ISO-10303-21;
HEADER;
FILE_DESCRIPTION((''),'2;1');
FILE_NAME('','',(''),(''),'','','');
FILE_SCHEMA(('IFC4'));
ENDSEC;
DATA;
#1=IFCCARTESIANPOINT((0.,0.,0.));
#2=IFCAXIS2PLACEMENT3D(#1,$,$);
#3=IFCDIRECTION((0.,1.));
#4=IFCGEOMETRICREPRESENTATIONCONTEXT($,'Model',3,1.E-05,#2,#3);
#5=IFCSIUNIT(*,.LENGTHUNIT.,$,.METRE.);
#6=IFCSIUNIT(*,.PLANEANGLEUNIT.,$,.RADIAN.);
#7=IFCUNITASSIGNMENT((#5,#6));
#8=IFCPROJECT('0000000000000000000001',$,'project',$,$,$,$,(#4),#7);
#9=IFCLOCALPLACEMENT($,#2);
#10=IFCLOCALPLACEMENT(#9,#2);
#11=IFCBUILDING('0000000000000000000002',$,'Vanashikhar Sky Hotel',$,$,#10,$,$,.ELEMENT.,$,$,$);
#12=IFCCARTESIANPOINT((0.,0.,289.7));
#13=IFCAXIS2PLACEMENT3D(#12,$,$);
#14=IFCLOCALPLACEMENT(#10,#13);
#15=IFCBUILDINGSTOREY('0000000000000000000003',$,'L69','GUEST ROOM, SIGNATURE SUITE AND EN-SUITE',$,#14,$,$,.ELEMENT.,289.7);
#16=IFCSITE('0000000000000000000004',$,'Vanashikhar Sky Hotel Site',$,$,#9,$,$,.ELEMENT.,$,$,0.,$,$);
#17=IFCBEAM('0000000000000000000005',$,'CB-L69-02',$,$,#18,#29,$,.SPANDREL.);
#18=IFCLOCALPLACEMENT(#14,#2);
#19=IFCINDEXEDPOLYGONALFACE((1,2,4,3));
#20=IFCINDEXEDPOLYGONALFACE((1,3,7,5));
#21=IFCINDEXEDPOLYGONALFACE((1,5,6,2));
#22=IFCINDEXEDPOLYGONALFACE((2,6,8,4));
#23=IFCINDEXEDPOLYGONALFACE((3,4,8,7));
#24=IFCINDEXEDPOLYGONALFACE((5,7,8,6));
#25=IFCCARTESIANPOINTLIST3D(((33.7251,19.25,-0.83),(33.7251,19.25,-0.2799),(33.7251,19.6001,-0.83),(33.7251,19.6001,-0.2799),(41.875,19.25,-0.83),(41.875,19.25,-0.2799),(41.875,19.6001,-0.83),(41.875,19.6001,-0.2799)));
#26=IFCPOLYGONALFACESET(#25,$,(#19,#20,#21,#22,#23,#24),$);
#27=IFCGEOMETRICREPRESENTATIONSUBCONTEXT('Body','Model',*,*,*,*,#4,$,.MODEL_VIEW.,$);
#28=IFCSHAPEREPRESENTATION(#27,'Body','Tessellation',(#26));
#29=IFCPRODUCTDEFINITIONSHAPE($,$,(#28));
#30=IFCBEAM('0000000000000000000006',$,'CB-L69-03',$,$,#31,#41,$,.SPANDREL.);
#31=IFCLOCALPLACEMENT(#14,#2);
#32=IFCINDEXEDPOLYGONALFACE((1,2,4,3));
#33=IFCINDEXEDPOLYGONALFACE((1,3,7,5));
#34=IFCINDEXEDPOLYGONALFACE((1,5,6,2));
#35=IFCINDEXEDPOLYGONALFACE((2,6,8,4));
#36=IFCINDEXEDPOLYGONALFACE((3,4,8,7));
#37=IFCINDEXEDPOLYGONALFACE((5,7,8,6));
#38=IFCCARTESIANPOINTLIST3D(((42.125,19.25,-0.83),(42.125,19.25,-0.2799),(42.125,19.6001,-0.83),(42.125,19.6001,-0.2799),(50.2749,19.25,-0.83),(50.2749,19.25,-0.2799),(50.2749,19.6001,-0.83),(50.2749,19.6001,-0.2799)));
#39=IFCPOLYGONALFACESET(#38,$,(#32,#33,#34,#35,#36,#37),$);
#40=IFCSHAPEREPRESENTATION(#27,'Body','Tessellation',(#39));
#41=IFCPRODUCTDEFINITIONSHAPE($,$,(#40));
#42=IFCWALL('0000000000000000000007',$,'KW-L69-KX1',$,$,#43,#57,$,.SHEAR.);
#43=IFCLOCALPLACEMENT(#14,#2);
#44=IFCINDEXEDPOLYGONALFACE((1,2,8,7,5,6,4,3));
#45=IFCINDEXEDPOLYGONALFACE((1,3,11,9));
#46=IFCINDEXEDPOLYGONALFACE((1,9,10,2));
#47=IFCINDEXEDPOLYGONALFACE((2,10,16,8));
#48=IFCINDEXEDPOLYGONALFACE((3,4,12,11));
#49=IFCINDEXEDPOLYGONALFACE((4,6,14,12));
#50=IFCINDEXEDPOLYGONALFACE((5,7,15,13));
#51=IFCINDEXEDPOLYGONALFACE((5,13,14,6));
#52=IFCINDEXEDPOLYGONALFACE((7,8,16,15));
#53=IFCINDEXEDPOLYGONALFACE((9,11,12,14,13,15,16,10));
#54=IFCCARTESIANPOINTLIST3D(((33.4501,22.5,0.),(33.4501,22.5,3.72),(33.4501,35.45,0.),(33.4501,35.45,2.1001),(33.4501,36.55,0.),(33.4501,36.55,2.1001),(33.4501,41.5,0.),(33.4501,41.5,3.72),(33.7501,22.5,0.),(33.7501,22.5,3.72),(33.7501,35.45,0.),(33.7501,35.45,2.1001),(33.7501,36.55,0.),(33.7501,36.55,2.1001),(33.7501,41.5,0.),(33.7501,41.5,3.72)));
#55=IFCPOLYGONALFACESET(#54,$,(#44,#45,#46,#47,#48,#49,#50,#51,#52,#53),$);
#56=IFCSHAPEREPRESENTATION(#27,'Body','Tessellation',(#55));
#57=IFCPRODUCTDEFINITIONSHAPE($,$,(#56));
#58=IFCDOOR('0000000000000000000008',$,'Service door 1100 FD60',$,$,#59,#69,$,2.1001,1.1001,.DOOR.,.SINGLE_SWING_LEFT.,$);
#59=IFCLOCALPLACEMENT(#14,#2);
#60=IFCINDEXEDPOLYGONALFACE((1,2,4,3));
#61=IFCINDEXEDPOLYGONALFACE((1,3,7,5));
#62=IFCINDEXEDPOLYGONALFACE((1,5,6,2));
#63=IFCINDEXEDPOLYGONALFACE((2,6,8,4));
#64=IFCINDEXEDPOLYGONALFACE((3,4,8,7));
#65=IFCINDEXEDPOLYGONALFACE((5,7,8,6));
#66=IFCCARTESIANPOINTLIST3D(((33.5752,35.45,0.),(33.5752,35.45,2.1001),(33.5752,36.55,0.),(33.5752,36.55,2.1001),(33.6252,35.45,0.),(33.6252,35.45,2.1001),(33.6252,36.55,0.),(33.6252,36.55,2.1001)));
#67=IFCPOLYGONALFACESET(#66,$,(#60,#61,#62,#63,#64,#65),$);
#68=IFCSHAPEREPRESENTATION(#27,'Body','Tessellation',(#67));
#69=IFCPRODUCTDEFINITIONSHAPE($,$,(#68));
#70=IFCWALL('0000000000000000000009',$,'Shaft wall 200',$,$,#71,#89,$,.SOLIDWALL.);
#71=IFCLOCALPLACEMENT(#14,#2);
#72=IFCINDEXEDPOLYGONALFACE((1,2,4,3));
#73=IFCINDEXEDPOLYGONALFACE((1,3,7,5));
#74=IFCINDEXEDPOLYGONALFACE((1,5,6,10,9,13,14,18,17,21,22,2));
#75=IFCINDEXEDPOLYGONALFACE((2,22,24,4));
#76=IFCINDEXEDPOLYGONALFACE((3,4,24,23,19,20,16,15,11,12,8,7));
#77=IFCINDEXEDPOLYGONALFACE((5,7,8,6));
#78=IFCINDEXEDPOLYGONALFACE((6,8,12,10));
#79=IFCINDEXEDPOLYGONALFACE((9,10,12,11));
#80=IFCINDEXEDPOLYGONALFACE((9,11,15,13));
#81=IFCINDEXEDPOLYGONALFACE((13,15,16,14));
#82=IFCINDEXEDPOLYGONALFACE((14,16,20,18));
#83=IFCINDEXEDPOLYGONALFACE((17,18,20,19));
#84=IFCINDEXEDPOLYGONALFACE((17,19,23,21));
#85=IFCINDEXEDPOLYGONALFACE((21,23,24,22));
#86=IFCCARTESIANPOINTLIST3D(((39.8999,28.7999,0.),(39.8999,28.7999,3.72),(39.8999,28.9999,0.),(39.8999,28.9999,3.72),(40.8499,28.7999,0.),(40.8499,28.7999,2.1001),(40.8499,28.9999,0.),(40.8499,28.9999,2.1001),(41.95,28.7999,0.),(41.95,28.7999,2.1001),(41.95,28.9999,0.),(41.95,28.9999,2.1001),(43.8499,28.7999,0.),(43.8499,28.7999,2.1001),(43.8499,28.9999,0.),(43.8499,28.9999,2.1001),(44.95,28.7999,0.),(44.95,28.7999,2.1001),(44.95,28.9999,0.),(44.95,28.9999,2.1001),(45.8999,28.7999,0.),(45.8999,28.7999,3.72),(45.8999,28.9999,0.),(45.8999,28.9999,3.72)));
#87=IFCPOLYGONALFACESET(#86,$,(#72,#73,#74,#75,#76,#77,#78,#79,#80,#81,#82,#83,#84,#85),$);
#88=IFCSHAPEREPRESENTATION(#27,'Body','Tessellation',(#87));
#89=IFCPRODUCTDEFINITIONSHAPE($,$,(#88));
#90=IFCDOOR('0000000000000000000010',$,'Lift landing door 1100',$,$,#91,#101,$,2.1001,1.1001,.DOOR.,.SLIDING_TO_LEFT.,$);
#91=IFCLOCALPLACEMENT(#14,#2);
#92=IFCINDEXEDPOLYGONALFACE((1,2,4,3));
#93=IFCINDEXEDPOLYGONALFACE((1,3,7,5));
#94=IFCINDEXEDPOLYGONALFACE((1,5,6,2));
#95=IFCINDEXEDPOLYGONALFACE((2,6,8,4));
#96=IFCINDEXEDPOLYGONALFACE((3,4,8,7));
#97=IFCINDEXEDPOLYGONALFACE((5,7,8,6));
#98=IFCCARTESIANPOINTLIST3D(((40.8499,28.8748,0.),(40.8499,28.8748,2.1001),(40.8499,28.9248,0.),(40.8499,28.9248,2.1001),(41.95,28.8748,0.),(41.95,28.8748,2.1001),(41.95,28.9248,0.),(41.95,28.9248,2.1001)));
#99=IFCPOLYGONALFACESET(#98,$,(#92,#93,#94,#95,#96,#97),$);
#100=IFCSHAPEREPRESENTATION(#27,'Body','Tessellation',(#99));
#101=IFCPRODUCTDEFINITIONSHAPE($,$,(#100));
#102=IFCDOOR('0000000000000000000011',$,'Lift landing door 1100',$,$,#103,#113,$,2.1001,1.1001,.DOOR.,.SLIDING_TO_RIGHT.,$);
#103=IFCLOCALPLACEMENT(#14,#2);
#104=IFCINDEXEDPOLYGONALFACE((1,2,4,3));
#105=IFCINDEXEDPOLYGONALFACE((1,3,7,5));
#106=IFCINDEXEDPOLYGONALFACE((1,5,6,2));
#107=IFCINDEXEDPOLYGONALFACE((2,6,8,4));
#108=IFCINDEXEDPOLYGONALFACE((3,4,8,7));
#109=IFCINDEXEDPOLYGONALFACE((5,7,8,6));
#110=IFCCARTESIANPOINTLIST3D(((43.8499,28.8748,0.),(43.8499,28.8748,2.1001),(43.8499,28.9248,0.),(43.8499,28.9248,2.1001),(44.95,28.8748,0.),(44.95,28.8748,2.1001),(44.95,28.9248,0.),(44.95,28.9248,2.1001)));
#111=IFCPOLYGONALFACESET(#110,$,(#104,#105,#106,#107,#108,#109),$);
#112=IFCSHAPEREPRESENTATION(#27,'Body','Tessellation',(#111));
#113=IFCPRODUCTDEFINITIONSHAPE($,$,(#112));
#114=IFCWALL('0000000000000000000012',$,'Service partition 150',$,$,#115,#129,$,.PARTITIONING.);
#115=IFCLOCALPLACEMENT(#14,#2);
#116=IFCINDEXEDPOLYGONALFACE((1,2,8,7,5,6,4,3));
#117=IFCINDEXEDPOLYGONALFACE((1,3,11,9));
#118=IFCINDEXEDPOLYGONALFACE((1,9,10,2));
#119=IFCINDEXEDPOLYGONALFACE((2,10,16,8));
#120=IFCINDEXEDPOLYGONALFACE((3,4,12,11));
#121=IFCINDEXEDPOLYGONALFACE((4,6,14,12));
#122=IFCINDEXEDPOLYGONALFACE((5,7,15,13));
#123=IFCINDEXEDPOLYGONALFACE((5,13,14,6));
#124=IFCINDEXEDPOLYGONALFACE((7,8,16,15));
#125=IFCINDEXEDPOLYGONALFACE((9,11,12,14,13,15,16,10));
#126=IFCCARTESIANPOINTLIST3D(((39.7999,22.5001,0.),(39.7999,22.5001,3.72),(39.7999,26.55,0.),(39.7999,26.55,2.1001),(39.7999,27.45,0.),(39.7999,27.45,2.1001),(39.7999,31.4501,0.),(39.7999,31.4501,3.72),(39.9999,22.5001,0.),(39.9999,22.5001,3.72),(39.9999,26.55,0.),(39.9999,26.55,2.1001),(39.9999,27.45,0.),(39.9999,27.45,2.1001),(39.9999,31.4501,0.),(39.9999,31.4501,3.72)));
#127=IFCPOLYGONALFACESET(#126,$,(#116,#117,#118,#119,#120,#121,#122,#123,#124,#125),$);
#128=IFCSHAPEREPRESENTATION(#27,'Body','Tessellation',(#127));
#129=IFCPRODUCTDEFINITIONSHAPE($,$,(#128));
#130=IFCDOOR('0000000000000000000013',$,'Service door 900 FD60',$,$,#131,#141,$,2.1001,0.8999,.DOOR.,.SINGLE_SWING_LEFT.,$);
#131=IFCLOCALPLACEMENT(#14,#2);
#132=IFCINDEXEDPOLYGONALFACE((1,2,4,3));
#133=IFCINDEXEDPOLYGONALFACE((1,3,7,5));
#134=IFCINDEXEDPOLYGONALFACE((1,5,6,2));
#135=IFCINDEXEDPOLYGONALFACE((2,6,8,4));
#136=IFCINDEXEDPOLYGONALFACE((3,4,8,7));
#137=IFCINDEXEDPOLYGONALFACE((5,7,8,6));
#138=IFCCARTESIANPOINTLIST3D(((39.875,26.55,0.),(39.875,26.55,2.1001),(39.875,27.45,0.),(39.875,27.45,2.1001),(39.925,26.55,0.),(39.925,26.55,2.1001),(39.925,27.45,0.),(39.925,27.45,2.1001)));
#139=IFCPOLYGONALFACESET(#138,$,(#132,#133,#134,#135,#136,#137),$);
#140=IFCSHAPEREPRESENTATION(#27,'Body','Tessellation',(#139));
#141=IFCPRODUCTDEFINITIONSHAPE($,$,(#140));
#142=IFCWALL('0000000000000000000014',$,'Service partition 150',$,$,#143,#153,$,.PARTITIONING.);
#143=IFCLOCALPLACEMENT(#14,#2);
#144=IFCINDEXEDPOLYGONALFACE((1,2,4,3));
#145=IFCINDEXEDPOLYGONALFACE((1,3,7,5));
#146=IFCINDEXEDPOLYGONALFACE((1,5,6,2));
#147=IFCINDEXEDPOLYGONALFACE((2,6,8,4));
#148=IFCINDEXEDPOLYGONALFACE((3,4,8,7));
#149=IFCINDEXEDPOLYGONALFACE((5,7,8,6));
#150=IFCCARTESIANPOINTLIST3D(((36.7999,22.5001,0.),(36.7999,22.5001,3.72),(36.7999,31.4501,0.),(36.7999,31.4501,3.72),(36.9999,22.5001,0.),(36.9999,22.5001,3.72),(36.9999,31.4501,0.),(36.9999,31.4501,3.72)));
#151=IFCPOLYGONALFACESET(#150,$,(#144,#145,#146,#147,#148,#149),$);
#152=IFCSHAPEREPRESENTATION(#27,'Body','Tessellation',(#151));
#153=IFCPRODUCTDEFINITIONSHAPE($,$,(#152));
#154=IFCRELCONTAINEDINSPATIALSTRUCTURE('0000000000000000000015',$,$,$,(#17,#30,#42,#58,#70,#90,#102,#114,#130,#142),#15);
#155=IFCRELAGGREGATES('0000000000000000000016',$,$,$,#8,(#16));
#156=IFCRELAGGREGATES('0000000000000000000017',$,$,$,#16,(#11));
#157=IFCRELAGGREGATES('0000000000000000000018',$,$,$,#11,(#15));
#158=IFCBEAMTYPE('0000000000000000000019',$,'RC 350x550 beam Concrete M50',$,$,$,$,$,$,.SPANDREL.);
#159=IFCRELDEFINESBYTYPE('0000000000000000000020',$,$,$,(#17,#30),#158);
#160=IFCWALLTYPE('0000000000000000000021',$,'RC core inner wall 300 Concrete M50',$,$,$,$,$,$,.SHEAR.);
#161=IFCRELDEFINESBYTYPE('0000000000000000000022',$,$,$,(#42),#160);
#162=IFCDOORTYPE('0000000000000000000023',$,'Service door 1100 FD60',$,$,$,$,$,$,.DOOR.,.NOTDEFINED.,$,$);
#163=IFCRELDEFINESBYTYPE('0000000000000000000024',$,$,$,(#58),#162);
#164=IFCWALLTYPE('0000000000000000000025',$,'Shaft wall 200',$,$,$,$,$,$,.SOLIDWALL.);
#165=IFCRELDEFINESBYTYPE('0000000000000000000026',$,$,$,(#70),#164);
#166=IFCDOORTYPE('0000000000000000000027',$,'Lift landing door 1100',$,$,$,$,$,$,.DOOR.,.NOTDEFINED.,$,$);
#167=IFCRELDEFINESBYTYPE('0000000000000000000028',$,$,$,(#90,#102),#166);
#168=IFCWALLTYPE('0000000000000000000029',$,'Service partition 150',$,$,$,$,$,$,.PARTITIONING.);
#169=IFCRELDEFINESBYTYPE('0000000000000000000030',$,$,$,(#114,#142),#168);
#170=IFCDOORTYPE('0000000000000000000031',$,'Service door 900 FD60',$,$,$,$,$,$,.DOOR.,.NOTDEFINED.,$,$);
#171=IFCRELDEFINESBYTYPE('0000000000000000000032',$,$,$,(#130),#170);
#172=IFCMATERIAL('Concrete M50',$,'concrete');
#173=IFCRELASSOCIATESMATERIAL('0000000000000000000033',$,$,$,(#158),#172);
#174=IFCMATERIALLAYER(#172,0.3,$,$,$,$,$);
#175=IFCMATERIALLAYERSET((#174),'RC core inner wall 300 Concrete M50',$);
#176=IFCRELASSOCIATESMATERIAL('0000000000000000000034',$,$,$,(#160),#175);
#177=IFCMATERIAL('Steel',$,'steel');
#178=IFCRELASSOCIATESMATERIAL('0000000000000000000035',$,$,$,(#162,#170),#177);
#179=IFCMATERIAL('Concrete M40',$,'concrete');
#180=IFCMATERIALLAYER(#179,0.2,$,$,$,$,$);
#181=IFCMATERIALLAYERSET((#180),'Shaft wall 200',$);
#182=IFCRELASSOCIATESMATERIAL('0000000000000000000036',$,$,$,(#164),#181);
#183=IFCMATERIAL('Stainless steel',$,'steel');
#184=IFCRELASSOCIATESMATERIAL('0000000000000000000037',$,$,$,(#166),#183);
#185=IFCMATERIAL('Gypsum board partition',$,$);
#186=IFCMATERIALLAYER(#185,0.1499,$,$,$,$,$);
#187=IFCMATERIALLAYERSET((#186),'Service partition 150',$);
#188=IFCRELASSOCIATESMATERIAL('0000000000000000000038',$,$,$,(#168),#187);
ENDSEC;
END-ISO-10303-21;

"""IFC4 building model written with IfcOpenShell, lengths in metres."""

from ifc_helpers import new_model, si_unit, direction, frame, frame_2d, origin, origin_2d, place, context, subcontext, project, spatial, rectangle, extrude, source, transform, mapped, material, layer, layer_set, material_profile, profile_set, type_object, element, fill, save


model = new_model("IFC4")

# Units and contexts
model_context = context("Model", 3, precision=1e-05, world=origin(), true_north=direction((0.0, 1.0)))
body_context = subcontext(model_context, "Body", "Model", "MODEL_VIEW")
ifc_project = project(units=[si_unit("LENGTHUNIT", "METRE"), si_unit("PLANEANGLEUNIT", "RADIAN")], contexts=[model_context])

# Site, building, storey
site_placement = place(None, origin())
site = spatial("IfcSite", under=ifc_project, at=site_placement, Name="Vanashikhar Sky Hotel Site", CompositionType="ELEMENT", RefElevation=0.0)
building_placement = place(site_placement, origin())
building = spatial("IfcBuilding", under=site, at=building_placement, Name="Vanashikhar Sky Hotel", CompositionType="ELEMENT")
storey_placement = place(building_placement, frame((0.0, 0.0, 289.7)))
storey = spatial("IfcBuildingStorey", under=building, at=storey_placement, Name="L69", Description="GUEST ROOM, SIGNATURE SUITE AND EN-SUITE", CompositionType="ELEMENT", Elevation=289.7)

# Beams
ifc_material_1 = material(Name="Concrete M50", Category="concrete")
ifc_material_profile = material_profile(ifc_material_1, rectangle(XDim=0.3501, YDim=0.55, at=origin_2d()))
ifc_profile_set = profile_set([ifc_material_profile], Name="RC 350x550 beam Concrete M50")
beam_type = type_object("IfcBeamType", Name="RC 350x550 beam Concrete M50", PredefinedType="SPANDREL", material=ifc_profile_set)
shared_shape_1 = source(origin(), body_context, "Body", "SweptSolid", [
    extrude(rectangle(XDim=0.3501, YDim=0.55, at=origin_2d()), origin(), (0.0, 0.0, 1.0), 8.1499),
])
for number, where, z_axis, x_axis, name in (
    (1, (33.7251, 19.425, -0.5549), (1.0, 0.0, 0.0), (0.0, 1.0, 0.0), "CB-L69-02"),
    (2, (42.125, 19.425, -0.5549), (1.0, 0.0, 0.0), (0.0, 1.0, 0.0), "CB-L69-03"),
):
    element("IfcBeam", number, at=place(storey_placement, frame(where, z_axis=z_axis, x_axis=x_axis)), inside=storey, type_object=beam_type, Name=name, PredefinedType="SPANDREL", context=body_context, shape_type="MappedRepresentation", body=[
        mapped(shared_shape_1, transform((0.0, 0.0, 0.0), scale=1.0)),
    ])

# Wall, opening, door
ifc_layer_1 = layer(ifc_material_1, 0.3)
ifc_layer_set_1 = layer_set([ifc_layer_1], Name="RC core inner wall 300 Concrete M50")
wall_type_1 = type_object("IfcWallType", Name="RC core inner wall 300 Concrete M50", PredefinedType="SHEAR", material=ifc_layer_set_1)
shared_shape_2 = source(origin(), body_context, "Body", "SweptSolid", [
    extrude(rectangle(XDim=19.0, YDim=0.3, at=frame_2d((9.5, 0.0))), origin(), (0.0, 0.0, 1.0), 3.72),
])
wall_1_placement = place(storey_placement, frame((33.6001, 22.5, 0.0), z_axis=(0.0, 0.0, 1.0), x_axis=(0.0, 1.0, 0.0)))
wall_1 = element("IfcWall", 3, at=wall_1_placement, inside=storey, type_object=wall_type_1, Name="KW-L69-KX1", PredefinedType="SHEAR", context=body_context, shape_type="MappedRepresentation", body=[
    mapped(shared_shape_2, transform((0.0, 0.0, 0.0), scale=1.0)),
])
shared_shape_3 = source(origin(), body_context, "Body", "SweptSolid", [
    extrude(rectangle(XDim=1.1001, YDim=2.1001, at=frame_2d((0.55, 1.05))), frame((0.0, 0.1602, 0.0), z_axis=(0.0, -1.0, 0.0), x_axis=(1.0, 0.0, 0.0)), (0.0, 0.0, 1.0), 0.3201),
])
opening_1_placement = place(wall_1_placement, frame((12.95, 0.0, 0.0)))
opening_1 = element("IfcOpeningElement", 4, at=opening_1_placement, cuts=wall_1, PredefinedType="OPENING", context=body_context, shape_type="MappedRepresentation", body=[
    mapped(shared_shape_3, transform((0.0, 0.0, 0.0), scale=1.0)),
])
ifc_material_2 = material(Name="Steel", Category="steel")
door_type_1 = type_object("IfcDoorType", Name="Service door 1100 FD60", OperationType="NOTDEFINED", PredefinedType="DOOR", material=ifc_material_2)
shared_shape_4 = source(origin(), body_context, "Body", "SweptSolid", [
    extrude(rectangle(XDim=1.1001, YDim=2.1001, at=frame_2d((0.55, 1.05))), frame((0.0, 0.0249, 0.0), z_axis=(0.0, -1.0, 0.0), x_axis=(1.0, 0.0, 0.0)), (0.0, 0.0, 1.0), 0.05),
])
door_1_placement = place(opening_1_placement, origin())
door_1 = element("IfcDoor", 5, at=door_1_placement, inside=storey, type_object=door_type_1, Name="Service door 1100 FD60", OperationType="SINGLE_SWING_LEFT", OverallHeight=2.1001, OverallWidth=1.1001, PredefinedType="DOOR", context=body_context, shape_type="MappedRepresentation", body=[
    mapped(shared_shape_4, transform((0.0, 0.0, 0.0), scale=1.0)),
])
fill(opening_1, door_1)

# Wall, openings, doors
ifc_material_3 = material(Name="Concrete M40", Category="concrete")
ifc_layer_2 = layer(ifc_material_3, 0.2)
ifc_layer_set_2 = layer_set([ifc_layer_2], Name="Shaft wall 200")
wall_type_2 = type_object("IfcWallType", Name="Shaft wall 200", PredefinedType="SOLIDWALL", material=ifc_layer_set_2)
shared_shape_5 = source(origin(), body_context, "Body", "SweptSolid", [
    extrude(rectangle(XDim=6.0, YDim=0.2, at=frame_2d((3.0, 0.0))), origin(), (0.0, 0.0, 1.0), 3.72),
])
wall_2_placement = place(storey_placement, frame((39.8999, 28.8999, 0.0), z_axis=(0.0, 0.0, 1.0), x_axis=(1.0, 0.0, 0.0)))
wall_2 = element("IfcWall", 6, at=wall_2_placement, inside=storey, type_object=wall_type_2, Name="Shaft wall 200", PredefinedType="SOLIDWALL", context=body_context, shape_type="MappedRepresentation", body=[
    mapped(shared_shape_5, transform((0.0, 0.0, 0.0), scale=1.0)),
])
shared_shape_6 = source(origin(), body_context, "Body", "SweptSolid", [
    extrude(rectangle(XDim=1.1001, YDim=2.1001, at=frame_2d((0.55, 1.05))), frame((0.0, 0.1099, 0.0), z_axis=(0.0, -1.0, 0.0), x_axis=(1.0, 0.0, 0.0)), (0.0, 0.0, 1.0), 0.22),
])
opening_2_placement = place(wall_2_placement, frame((0.95, 0.0, 0.0)))
opening_2 = element("IfcOpeningElement", 7, at=opening_2_placement, cuts=wall_2, PredefinedType="OPENING", context=body_context, shape_type="MappedRepresentation", body=[
    mapped(shared_shape_6, transform((0.0, 0.0, 0.0), scale=1.0)),
])
opening_3_placement = place(wall_2_placement, frame((3.95, 0.0, 0.0)))
opening_3 = element("IfcOpeningElement", 8, at=opening_3_placement, cuts=wall_2, PredefinedType="OPENING", context=body_context, shape_type="MappedRepresentation", body=[
    mapped(shared_shape_6, transform((0.0, 0.0, 0.0), scale=1.0)),
])
ifc_material_4 = material(Name="Stainless steel", Category="steel")
door_type_2 = type_object("IfcDoorType", Name="Lift landing door 1100", OperationType="NOTDEFINED", PredefinedType="DOOR", material=ifc_material_4)
door_2_placement = place(opening_2_placement, origin())
door_2 = element("IfcDoor", 9, at=door_2_placement, inside=storey, type_object=door_type_2, Name="Lift landing door 1100", OperationType="SLIDING_TO_LEFT", OverallHeight=2.1001, OverallWidth=1.1001, PredefinedType="DOOR", context=body_context, shape_type="MappedRepresentation", body=[
    mapped(shared_shape_4, transform((0.0, 0.0, 0.0), scale=1.0)),
])
fill(opening_2, door_2)
door_3_placement = place(opening_3_placement, origin())
door_3 = element("IfcDoor", 10, at=door_3_placement, inside=storey, type_object=door_type_2, Name="Lift landing door 1100", OperationType="SLIDING_TO_RIGHT", OverallHeight=2.1001, OverallWidth=1.1001, PredefinedType="DOOR", context=body_context, shape_type="MappedRepresentation", body=[
    mapped(shared_shape_4, transform((0.0, 0.0, 0.0), scale=1.0)),
])
fill(opening_3, door_3)

# Wall, opening, door
ifc_material_5 = material(Name="Gypsum board partition")
ifc_layer_3 = layer(ifc_material_5, 0.1499)
ifc_layer_set_3 = layer_set([ifc_layer_3], Name="Service partition 150")
wall_type_3 = type_object("IfcWallType", Name="Service partition 150", PredefinedType="PARTITIONING", material=ifc_layer_set_3)
shared_shape_7 = source(origin(), body_context, "Body", "SweptSolid", [
    extrude(rectangle(XDim=8.95, YDim=0.2, at=frame_2d((4.4751, 0.0))), origin(), (0.0, 0.0, 1.0), 3.72),
])
wall_3_placement = place(storey_placement, frame((39.8999, 22.5, 0.0), z_axis=(0.0, 0.0, 1.0), x_axis=(0.0, 1.0, 0.0)))
wall_3 = element("IfcWall", 11, at=wall_3_placement, inside=storey, type_object=wall_type_3, Name="Service partition 150", PredefinedType="PARTITIONING", context=body_context, shape_type="MappedRepresentation", body=[
    mapped(shared_shape_7, transform((0.0, 0.0, 0.0), scale=1.0)),
])
shared_shape_8 = source(origin(), body_context, "Body", "SweptSolid", [
    extrude(rectangle(XDim=0.8999, YDim=2.1001, at=frame_2d((0.45, 1.05))), frame((0.0, 0.1099, 0.0), z_axis=(0.0, -1.0, 0.0), x_axis=(1.0, 0.0, 0.0)), (0.0, 0.0, 1.0), 0.22),
])
opening_4_placement = place(wall_3_placement, frame((4.05, 0.0, 0.0)))
opening_4 = element("IfcOpeningElement", 12, at=opening_4_placement, cuts=wall_3, PredefinedType="OPENING", context=body_context, shape_type="MappedRepresentation", body=[
    mapped(shared_shape_8, transform((0.0, 0.0, 0.0), scale=1.0)),
])
door_type_3 = type_object("IfcDoorType", Name="Service door 900 FD60", OperationType="NOTDEFINED", PredefinedType="DOOR", material=ifc_material_2)
shared_shape_9 = source(origin(), body_context, "Body", "SweptSolid", [
    extrude(rectangle(XDim=0.8999, YDim=2.1001, at=frame_2d((0.45, 1.05))), frame((0.0, 0.0249, 0.0), z_axis=(0.0, -1.0, 0.0), x_axis=(1.0, 0.0, 0.0)), (0.0, 0.0, 1.0), 0.05),
])
door_4_placement = place(opening_4_placement, origin())
door_4 = element("IfcDoor", 13, at=door_4_placement, inside=storey, type_object=door_type_3, Name="Service door 900 FD60", OperationType="SINGLE_SWING_LEFT", OverallHeight=2.1001, OverallWidth=0.8999, PredefinedType="DOOR", context=body_context, shape_type="MappedRepresentation", body=[
    mapped(shared_shape_9, transform((0.0, 0.0, 0.0), scale=1.0)),
])
fill(opening_4, door_4)

# Wall
wall_4_placement = place(storey_placement, frame((36.8999, 22.5, 0.0), z_axis=(0.0, 0.0, 1.0), x_axis=(0.0, 1.0, 0.0)))
element("IfcWall", 14, at=wall_4_placement, inside=storey, type_object=wall_type_3, Name="Service partition 150", PredefinedType="PARTITIONING", context=body_context, shape_type="MappedRepresentation", body=[
    mapped(shared_shape_7, transform((0.0, 0.0, 0.0), scale=1.0)),
])

save(model, "model.ifc")
